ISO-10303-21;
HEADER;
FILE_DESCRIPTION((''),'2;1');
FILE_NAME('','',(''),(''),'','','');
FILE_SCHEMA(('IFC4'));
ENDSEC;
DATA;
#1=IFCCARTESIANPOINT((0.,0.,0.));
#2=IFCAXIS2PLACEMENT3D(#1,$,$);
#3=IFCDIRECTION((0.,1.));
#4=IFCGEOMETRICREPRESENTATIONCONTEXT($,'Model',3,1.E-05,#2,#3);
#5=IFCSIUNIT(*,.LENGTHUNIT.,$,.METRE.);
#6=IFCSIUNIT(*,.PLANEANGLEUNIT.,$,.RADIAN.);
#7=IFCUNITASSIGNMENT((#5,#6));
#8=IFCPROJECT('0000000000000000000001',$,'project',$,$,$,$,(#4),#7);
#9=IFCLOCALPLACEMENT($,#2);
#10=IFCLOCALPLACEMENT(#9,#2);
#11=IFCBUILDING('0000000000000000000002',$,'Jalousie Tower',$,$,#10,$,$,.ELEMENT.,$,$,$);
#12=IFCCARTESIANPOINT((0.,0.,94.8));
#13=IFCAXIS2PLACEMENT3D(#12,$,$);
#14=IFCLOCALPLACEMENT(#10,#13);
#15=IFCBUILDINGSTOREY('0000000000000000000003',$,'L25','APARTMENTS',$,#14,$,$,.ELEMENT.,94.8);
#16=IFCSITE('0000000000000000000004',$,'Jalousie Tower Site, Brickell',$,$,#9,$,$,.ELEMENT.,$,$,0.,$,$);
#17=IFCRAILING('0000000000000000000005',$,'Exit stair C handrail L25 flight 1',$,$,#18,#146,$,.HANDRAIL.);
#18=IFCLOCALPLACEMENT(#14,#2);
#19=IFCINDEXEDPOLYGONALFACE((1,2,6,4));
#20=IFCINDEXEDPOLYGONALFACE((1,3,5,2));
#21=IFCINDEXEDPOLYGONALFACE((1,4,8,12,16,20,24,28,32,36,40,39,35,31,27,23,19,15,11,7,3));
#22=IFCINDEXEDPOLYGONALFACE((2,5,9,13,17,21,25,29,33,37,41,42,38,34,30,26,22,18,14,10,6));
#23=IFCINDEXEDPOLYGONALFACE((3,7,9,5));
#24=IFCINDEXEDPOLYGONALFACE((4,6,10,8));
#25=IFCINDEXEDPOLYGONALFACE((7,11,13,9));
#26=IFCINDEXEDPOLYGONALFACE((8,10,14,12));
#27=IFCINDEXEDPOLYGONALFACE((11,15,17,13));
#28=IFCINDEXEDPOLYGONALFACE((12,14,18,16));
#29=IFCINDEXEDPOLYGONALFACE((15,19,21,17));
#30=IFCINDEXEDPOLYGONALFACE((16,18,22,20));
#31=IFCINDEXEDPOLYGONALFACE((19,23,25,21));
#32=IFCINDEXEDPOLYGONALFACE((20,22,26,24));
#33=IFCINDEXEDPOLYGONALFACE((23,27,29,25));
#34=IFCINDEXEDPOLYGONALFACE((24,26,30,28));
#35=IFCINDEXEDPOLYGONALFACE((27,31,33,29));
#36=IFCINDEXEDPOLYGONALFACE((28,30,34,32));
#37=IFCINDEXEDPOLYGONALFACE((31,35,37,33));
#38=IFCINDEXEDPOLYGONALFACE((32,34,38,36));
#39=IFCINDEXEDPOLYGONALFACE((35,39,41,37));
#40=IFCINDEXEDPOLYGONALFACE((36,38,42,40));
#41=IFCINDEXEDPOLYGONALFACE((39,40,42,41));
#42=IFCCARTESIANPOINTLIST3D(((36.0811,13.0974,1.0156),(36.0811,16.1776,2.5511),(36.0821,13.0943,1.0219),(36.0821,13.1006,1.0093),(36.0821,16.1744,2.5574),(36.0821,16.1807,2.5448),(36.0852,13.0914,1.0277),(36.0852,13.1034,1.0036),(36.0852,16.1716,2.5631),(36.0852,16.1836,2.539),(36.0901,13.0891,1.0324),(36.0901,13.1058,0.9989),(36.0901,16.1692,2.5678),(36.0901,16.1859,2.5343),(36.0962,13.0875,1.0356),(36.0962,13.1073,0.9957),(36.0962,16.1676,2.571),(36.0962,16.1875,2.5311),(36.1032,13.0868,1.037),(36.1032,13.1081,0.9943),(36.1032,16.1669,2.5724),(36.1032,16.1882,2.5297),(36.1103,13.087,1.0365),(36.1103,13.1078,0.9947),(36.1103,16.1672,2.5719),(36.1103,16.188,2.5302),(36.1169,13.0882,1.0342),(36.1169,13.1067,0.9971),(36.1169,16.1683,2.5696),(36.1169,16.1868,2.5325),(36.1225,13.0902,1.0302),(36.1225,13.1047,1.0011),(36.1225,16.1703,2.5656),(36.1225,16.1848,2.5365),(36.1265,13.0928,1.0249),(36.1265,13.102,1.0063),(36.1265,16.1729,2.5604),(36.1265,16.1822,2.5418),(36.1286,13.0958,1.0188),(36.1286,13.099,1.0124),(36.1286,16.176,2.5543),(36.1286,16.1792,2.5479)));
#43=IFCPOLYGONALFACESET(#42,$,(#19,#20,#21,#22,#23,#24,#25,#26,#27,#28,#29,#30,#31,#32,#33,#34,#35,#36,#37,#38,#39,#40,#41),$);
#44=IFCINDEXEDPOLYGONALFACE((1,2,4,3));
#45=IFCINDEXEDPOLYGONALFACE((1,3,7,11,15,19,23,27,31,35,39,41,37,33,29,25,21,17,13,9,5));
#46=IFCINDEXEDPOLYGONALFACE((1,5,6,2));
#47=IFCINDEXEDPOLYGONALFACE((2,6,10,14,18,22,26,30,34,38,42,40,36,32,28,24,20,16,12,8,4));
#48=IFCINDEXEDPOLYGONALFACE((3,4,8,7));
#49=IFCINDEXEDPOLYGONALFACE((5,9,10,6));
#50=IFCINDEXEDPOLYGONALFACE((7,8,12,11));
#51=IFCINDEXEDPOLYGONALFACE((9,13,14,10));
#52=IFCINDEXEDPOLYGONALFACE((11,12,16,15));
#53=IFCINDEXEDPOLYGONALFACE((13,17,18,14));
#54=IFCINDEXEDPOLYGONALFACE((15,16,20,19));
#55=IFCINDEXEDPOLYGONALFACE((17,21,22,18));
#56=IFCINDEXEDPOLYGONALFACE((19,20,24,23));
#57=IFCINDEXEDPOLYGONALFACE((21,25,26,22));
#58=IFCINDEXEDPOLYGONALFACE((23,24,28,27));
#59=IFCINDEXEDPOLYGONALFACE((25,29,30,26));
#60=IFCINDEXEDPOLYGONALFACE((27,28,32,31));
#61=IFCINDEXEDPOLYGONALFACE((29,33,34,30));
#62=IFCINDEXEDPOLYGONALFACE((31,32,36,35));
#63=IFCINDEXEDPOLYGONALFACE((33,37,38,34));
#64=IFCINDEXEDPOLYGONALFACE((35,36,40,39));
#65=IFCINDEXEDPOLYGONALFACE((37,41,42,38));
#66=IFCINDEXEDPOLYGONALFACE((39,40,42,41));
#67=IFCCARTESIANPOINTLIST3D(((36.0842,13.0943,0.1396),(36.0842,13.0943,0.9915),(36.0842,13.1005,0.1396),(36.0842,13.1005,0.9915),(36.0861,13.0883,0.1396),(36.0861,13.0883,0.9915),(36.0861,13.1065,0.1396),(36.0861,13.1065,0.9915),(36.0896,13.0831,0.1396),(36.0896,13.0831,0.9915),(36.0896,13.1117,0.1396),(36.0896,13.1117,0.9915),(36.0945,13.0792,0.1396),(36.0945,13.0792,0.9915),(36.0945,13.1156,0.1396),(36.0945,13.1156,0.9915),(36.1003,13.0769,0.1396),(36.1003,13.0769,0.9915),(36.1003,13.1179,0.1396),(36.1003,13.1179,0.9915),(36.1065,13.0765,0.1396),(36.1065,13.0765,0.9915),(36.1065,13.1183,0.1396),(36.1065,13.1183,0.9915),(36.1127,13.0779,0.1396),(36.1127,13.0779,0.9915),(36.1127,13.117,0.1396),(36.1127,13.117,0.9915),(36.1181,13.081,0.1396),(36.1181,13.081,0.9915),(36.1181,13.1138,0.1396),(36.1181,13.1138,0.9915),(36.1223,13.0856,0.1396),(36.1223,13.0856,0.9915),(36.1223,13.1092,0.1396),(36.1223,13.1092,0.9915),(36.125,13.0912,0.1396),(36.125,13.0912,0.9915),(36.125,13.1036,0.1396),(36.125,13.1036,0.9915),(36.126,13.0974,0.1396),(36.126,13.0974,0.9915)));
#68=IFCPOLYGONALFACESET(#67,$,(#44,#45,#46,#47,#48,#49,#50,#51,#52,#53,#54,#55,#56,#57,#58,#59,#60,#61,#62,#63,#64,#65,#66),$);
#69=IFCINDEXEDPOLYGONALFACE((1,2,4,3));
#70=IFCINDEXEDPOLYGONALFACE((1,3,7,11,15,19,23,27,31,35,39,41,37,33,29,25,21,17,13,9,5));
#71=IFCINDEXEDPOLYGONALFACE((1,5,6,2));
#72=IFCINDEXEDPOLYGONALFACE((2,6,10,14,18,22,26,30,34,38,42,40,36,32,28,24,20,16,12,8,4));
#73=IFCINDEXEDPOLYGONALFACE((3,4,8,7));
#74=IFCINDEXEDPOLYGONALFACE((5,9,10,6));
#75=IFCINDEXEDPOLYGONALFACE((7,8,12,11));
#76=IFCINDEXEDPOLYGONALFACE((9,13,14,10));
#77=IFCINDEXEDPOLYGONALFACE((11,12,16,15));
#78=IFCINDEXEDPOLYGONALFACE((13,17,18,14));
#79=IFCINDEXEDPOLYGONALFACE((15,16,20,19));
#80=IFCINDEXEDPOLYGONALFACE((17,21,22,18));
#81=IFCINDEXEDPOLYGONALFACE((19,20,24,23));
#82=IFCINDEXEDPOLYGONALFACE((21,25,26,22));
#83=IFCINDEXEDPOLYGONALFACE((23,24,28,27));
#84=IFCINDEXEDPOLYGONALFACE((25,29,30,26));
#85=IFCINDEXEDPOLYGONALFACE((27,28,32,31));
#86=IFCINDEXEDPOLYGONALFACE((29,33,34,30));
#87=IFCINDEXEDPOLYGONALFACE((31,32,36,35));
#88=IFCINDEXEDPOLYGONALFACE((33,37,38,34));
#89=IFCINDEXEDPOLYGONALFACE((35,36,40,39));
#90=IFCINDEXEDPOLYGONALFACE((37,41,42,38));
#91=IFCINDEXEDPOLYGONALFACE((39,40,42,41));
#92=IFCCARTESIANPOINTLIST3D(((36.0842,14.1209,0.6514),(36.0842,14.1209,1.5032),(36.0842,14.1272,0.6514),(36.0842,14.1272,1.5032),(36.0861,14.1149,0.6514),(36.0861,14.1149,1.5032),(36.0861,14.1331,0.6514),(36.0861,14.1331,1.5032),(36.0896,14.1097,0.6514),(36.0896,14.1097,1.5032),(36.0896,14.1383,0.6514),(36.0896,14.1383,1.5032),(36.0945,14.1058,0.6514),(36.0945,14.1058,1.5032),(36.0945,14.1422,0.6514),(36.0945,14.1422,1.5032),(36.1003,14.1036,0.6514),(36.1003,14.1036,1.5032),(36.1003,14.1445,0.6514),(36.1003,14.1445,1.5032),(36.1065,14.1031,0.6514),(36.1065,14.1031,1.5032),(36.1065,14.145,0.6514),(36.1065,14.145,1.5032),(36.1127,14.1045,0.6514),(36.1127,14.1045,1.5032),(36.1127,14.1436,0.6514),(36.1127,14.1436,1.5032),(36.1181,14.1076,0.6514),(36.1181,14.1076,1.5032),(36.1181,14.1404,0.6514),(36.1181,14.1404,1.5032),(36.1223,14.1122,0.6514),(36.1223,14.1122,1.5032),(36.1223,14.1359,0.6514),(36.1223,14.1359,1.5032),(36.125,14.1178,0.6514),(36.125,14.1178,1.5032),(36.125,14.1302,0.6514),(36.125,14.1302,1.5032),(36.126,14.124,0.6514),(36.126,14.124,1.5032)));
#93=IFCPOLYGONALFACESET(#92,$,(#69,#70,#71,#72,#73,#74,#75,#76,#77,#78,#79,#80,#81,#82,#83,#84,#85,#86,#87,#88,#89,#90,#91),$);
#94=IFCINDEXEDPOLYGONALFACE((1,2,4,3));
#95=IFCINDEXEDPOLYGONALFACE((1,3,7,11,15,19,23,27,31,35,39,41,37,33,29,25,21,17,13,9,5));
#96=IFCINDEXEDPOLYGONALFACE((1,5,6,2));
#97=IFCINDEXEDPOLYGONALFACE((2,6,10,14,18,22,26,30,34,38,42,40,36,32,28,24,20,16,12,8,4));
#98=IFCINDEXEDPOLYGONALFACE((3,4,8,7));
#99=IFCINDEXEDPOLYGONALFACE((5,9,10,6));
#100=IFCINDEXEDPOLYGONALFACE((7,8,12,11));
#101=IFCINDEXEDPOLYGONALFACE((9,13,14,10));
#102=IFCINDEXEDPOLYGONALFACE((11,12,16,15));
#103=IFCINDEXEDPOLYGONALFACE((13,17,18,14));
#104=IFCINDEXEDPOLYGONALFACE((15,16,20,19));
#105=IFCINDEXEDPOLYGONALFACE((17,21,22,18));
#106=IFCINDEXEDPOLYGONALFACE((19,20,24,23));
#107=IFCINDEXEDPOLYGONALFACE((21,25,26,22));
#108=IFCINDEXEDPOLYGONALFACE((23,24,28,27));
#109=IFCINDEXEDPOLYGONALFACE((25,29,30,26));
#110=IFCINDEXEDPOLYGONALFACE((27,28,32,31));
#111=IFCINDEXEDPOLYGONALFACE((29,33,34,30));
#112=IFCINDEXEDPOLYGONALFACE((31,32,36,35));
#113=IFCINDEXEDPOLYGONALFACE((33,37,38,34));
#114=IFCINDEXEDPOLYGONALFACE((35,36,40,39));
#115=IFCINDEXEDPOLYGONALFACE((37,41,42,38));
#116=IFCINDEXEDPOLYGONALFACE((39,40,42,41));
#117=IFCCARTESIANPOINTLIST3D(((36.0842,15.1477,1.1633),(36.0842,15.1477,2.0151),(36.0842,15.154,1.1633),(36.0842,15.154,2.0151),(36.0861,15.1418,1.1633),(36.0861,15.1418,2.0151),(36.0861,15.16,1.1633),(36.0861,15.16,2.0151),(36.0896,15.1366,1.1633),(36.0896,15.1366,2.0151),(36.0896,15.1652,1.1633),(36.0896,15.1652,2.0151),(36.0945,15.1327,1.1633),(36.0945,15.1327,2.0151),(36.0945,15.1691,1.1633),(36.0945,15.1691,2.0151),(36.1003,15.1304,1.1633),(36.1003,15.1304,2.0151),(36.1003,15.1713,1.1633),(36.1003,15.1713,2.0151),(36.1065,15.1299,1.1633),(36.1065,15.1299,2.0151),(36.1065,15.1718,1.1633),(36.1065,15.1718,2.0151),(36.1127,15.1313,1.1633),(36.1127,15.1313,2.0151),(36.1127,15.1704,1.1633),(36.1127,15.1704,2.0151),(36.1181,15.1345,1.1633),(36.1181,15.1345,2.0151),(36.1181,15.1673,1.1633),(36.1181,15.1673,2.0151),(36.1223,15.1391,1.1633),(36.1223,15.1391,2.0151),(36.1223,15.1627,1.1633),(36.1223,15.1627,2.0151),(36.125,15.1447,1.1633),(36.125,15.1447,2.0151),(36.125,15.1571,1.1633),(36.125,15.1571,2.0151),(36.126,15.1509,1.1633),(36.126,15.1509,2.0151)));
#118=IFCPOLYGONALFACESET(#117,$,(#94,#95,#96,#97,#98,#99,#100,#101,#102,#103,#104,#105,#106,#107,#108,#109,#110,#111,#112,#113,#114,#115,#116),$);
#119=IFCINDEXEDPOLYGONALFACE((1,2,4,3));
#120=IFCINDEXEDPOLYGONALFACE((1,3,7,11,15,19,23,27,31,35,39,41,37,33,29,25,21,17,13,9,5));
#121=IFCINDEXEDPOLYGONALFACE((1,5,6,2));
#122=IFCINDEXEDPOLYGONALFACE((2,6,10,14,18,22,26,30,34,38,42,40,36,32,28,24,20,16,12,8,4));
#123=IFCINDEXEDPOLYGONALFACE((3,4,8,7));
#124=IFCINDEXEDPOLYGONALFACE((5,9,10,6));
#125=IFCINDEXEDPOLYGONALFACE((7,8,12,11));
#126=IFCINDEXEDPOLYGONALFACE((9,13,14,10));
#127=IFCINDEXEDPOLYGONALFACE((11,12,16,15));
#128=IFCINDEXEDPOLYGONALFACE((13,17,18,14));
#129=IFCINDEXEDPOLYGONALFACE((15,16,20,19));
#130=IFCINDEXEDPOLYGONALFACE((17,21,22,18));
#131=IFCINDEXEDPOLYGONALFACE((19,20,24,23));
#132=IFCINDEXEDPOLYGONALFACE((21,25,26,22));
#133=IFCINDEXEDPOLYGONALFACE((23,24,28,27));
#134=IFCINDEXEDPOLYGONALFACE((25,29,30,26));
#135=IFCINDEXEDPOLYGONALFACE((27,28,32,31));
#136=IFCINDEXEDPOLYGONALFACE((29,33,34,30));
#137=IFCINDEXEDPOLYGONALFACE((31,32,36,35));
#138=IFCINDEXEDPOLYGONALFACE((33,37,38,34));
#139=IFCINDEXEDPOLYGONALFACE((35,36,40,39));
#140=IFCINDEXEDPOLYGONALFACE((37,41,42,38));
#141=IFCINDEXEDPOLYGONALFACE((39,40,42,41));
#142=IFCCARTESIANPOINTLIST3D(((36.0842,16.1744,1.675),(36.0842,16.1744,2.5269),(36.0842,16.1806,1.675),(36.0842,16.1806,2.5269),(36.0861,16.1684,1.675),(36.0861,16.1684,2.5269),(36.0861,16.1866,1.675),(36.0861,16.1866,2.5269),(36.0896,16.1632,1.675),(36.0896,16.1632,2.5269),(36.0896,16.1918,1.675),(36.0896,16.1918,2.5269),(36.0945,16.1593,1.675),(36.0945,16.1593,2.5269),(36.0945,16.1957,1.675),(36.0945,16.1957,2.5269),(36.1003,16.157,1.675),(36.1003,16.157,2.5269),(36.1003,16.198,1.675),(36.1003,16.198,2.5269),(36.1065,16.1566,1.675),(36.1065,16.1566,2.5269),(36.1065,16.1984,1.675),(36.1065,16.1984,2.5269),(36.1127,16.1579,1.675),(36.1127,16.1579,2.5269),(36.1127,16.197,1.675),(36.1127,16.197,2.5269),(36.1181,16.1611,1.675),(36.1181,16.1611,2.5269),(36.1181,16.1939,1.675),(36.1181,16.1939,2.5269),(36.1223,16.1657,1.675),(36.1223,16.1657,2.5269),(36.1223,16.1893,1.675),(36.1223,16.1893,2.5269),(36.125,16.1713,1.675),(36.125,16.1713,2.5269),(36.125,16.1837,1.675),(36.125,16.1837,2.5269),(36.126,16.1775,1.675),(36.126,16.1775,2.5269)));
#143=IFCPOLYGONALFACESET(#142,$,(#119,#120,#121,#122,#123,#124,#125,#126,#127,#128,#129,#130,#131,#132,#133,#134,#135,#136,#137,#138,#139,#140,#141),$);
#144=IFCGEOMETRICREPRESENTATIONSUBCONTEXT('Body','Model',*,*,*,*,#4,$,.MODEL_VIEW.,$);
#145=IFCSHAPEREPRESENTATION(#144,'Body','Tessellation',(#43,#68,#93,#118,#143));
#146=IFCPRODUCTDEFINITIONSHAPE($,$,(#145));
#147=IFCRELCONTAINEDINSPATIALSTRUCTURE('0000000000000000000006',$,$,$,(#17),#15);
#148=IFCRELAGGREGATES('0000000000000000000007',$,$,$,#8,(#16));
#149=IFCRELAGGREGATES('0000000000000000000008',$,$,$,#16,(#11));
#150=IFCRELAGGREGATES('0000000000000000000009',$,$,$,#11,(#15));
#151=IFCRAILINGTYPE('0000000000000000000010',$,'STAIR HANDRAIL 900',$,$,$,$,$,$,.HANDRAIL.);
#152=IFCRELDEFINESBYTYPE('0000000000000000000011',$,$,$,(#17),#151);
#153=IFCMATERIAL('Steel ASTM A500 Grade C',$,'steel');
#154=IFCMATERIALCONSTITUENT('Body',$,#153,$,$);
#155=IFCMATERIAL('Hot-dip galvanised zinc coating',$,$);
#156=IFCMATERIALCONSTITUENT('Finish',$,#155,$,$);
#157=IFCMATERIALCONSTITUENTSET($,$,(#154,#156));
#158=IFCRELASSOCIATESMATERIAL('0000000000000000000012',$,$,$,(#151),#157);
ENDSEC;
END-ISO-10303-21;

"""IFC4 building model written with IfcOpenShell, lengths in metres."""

from ifc_helpers import new_model, si_unit, direction, frame, origin, origin_2d, place, context, subcontext, project, spatial, circle, extrude, material, constituent, constituent_set, type_object, element, save


model = new_model("IFC4")

# Units and contexts
model_context = context("Model", 3, precision=1e-05, world=origin(), true_north=direction((0.0, 1.0)))
body_context = subcontext(model_context, "Body", "Model", "MODEL_VIEW")
ifc_project = project(units=[si_unit("LENGTHUNIT", "METRE"), si_unit("PLANEANGLEUNIT", "RADIAN")], contexts=[model_context])

# Site, building, storey
site_placement = place(None, origin())
site = spatial("IfcSite", under=ifc_project, at=site_placement, Name="Jalousie Tower Site, Brickell", CompositionType="ELEMENT", RefElevation=0.0)
building_placement = place(site_placement, origin())
building = spatial("IfcBuilding", under=site, at=building_placement, Name="Jalousie Tower", CompositionType="ELEMENT")
storey_placement = place(building_placement, frame((0.0, 0.0, 94.8)))
storey = spatial("IfcBuildingStorey", under=building, at=storey_placement, Name="L25", Description="APARTMENTS", CompositionType="ELEMENT", Elevation=94.8)

# Railing
ifc_material_1 = material(Name="Steel ASTM A500 Grade C", Category="steel")
ifc_constituent_1 = constituent(ifc_material_1, Name="Body")
ifc_material_2 = material(Name="Hot-dip galvanised zinc coating")
ifc_constituent_2 = constituent(ifc_material_2, Name="Finish")
ifc_constituent_set_1 = constituent_set(constituents=[ifc_constituent_1, ifc_constituent_2])
railing_type_1 = type_object("IfcRailingType", Name="STAIR HANDRAIL 900", PredefinedType="HANDRAIL", material=ifc_constituent_set_1)
railing_1_placement = place(storey_placement, frame((36.105, 13.0974, 0.1396)))
element("IfcRailing", 1, at=railing_1_placement, inside=storey, type_object=railing_type_1, Name="Exit stair C handrail L25 flight 1", PredefinedType="HANDRAIL", context=body_context, shape_type="SweptSolid", body=[
    extrude(circle(Radius=0.0239, at=origin_2d()), frame((0.0, 0.0, 0.876), z_axis=(0.0, 0.894966, 0.446135), x_axis=(-1.0, 0.0, 0.0)), (0.0, 0.0, 1.0), 3.4417),
    extrude(circle(Radius=0.021, at=origin_2d()), origin(), (0.0, 0.0, 1.0), 0.8518),
    extrude(circle(Radius=0.021, at=origin_2d()), frame((0.0, 1.0266, 0.5117)), (0.0, 0.0, 1.0), 0.8518),
    extrude(circle(Radius=0.021, at=origin_2d()), frame((0.0, 2.0535, 1.0237)), (0.0, 0.0, 1.0), 0.8518),
    extrude(circle(Radius=0.021, at=origin_2d()), frame((0.0, 3.0801, 1.5354)), (0.0, 0.0, 1.0), 0.8518),
])

save(model, "model.ifc")
